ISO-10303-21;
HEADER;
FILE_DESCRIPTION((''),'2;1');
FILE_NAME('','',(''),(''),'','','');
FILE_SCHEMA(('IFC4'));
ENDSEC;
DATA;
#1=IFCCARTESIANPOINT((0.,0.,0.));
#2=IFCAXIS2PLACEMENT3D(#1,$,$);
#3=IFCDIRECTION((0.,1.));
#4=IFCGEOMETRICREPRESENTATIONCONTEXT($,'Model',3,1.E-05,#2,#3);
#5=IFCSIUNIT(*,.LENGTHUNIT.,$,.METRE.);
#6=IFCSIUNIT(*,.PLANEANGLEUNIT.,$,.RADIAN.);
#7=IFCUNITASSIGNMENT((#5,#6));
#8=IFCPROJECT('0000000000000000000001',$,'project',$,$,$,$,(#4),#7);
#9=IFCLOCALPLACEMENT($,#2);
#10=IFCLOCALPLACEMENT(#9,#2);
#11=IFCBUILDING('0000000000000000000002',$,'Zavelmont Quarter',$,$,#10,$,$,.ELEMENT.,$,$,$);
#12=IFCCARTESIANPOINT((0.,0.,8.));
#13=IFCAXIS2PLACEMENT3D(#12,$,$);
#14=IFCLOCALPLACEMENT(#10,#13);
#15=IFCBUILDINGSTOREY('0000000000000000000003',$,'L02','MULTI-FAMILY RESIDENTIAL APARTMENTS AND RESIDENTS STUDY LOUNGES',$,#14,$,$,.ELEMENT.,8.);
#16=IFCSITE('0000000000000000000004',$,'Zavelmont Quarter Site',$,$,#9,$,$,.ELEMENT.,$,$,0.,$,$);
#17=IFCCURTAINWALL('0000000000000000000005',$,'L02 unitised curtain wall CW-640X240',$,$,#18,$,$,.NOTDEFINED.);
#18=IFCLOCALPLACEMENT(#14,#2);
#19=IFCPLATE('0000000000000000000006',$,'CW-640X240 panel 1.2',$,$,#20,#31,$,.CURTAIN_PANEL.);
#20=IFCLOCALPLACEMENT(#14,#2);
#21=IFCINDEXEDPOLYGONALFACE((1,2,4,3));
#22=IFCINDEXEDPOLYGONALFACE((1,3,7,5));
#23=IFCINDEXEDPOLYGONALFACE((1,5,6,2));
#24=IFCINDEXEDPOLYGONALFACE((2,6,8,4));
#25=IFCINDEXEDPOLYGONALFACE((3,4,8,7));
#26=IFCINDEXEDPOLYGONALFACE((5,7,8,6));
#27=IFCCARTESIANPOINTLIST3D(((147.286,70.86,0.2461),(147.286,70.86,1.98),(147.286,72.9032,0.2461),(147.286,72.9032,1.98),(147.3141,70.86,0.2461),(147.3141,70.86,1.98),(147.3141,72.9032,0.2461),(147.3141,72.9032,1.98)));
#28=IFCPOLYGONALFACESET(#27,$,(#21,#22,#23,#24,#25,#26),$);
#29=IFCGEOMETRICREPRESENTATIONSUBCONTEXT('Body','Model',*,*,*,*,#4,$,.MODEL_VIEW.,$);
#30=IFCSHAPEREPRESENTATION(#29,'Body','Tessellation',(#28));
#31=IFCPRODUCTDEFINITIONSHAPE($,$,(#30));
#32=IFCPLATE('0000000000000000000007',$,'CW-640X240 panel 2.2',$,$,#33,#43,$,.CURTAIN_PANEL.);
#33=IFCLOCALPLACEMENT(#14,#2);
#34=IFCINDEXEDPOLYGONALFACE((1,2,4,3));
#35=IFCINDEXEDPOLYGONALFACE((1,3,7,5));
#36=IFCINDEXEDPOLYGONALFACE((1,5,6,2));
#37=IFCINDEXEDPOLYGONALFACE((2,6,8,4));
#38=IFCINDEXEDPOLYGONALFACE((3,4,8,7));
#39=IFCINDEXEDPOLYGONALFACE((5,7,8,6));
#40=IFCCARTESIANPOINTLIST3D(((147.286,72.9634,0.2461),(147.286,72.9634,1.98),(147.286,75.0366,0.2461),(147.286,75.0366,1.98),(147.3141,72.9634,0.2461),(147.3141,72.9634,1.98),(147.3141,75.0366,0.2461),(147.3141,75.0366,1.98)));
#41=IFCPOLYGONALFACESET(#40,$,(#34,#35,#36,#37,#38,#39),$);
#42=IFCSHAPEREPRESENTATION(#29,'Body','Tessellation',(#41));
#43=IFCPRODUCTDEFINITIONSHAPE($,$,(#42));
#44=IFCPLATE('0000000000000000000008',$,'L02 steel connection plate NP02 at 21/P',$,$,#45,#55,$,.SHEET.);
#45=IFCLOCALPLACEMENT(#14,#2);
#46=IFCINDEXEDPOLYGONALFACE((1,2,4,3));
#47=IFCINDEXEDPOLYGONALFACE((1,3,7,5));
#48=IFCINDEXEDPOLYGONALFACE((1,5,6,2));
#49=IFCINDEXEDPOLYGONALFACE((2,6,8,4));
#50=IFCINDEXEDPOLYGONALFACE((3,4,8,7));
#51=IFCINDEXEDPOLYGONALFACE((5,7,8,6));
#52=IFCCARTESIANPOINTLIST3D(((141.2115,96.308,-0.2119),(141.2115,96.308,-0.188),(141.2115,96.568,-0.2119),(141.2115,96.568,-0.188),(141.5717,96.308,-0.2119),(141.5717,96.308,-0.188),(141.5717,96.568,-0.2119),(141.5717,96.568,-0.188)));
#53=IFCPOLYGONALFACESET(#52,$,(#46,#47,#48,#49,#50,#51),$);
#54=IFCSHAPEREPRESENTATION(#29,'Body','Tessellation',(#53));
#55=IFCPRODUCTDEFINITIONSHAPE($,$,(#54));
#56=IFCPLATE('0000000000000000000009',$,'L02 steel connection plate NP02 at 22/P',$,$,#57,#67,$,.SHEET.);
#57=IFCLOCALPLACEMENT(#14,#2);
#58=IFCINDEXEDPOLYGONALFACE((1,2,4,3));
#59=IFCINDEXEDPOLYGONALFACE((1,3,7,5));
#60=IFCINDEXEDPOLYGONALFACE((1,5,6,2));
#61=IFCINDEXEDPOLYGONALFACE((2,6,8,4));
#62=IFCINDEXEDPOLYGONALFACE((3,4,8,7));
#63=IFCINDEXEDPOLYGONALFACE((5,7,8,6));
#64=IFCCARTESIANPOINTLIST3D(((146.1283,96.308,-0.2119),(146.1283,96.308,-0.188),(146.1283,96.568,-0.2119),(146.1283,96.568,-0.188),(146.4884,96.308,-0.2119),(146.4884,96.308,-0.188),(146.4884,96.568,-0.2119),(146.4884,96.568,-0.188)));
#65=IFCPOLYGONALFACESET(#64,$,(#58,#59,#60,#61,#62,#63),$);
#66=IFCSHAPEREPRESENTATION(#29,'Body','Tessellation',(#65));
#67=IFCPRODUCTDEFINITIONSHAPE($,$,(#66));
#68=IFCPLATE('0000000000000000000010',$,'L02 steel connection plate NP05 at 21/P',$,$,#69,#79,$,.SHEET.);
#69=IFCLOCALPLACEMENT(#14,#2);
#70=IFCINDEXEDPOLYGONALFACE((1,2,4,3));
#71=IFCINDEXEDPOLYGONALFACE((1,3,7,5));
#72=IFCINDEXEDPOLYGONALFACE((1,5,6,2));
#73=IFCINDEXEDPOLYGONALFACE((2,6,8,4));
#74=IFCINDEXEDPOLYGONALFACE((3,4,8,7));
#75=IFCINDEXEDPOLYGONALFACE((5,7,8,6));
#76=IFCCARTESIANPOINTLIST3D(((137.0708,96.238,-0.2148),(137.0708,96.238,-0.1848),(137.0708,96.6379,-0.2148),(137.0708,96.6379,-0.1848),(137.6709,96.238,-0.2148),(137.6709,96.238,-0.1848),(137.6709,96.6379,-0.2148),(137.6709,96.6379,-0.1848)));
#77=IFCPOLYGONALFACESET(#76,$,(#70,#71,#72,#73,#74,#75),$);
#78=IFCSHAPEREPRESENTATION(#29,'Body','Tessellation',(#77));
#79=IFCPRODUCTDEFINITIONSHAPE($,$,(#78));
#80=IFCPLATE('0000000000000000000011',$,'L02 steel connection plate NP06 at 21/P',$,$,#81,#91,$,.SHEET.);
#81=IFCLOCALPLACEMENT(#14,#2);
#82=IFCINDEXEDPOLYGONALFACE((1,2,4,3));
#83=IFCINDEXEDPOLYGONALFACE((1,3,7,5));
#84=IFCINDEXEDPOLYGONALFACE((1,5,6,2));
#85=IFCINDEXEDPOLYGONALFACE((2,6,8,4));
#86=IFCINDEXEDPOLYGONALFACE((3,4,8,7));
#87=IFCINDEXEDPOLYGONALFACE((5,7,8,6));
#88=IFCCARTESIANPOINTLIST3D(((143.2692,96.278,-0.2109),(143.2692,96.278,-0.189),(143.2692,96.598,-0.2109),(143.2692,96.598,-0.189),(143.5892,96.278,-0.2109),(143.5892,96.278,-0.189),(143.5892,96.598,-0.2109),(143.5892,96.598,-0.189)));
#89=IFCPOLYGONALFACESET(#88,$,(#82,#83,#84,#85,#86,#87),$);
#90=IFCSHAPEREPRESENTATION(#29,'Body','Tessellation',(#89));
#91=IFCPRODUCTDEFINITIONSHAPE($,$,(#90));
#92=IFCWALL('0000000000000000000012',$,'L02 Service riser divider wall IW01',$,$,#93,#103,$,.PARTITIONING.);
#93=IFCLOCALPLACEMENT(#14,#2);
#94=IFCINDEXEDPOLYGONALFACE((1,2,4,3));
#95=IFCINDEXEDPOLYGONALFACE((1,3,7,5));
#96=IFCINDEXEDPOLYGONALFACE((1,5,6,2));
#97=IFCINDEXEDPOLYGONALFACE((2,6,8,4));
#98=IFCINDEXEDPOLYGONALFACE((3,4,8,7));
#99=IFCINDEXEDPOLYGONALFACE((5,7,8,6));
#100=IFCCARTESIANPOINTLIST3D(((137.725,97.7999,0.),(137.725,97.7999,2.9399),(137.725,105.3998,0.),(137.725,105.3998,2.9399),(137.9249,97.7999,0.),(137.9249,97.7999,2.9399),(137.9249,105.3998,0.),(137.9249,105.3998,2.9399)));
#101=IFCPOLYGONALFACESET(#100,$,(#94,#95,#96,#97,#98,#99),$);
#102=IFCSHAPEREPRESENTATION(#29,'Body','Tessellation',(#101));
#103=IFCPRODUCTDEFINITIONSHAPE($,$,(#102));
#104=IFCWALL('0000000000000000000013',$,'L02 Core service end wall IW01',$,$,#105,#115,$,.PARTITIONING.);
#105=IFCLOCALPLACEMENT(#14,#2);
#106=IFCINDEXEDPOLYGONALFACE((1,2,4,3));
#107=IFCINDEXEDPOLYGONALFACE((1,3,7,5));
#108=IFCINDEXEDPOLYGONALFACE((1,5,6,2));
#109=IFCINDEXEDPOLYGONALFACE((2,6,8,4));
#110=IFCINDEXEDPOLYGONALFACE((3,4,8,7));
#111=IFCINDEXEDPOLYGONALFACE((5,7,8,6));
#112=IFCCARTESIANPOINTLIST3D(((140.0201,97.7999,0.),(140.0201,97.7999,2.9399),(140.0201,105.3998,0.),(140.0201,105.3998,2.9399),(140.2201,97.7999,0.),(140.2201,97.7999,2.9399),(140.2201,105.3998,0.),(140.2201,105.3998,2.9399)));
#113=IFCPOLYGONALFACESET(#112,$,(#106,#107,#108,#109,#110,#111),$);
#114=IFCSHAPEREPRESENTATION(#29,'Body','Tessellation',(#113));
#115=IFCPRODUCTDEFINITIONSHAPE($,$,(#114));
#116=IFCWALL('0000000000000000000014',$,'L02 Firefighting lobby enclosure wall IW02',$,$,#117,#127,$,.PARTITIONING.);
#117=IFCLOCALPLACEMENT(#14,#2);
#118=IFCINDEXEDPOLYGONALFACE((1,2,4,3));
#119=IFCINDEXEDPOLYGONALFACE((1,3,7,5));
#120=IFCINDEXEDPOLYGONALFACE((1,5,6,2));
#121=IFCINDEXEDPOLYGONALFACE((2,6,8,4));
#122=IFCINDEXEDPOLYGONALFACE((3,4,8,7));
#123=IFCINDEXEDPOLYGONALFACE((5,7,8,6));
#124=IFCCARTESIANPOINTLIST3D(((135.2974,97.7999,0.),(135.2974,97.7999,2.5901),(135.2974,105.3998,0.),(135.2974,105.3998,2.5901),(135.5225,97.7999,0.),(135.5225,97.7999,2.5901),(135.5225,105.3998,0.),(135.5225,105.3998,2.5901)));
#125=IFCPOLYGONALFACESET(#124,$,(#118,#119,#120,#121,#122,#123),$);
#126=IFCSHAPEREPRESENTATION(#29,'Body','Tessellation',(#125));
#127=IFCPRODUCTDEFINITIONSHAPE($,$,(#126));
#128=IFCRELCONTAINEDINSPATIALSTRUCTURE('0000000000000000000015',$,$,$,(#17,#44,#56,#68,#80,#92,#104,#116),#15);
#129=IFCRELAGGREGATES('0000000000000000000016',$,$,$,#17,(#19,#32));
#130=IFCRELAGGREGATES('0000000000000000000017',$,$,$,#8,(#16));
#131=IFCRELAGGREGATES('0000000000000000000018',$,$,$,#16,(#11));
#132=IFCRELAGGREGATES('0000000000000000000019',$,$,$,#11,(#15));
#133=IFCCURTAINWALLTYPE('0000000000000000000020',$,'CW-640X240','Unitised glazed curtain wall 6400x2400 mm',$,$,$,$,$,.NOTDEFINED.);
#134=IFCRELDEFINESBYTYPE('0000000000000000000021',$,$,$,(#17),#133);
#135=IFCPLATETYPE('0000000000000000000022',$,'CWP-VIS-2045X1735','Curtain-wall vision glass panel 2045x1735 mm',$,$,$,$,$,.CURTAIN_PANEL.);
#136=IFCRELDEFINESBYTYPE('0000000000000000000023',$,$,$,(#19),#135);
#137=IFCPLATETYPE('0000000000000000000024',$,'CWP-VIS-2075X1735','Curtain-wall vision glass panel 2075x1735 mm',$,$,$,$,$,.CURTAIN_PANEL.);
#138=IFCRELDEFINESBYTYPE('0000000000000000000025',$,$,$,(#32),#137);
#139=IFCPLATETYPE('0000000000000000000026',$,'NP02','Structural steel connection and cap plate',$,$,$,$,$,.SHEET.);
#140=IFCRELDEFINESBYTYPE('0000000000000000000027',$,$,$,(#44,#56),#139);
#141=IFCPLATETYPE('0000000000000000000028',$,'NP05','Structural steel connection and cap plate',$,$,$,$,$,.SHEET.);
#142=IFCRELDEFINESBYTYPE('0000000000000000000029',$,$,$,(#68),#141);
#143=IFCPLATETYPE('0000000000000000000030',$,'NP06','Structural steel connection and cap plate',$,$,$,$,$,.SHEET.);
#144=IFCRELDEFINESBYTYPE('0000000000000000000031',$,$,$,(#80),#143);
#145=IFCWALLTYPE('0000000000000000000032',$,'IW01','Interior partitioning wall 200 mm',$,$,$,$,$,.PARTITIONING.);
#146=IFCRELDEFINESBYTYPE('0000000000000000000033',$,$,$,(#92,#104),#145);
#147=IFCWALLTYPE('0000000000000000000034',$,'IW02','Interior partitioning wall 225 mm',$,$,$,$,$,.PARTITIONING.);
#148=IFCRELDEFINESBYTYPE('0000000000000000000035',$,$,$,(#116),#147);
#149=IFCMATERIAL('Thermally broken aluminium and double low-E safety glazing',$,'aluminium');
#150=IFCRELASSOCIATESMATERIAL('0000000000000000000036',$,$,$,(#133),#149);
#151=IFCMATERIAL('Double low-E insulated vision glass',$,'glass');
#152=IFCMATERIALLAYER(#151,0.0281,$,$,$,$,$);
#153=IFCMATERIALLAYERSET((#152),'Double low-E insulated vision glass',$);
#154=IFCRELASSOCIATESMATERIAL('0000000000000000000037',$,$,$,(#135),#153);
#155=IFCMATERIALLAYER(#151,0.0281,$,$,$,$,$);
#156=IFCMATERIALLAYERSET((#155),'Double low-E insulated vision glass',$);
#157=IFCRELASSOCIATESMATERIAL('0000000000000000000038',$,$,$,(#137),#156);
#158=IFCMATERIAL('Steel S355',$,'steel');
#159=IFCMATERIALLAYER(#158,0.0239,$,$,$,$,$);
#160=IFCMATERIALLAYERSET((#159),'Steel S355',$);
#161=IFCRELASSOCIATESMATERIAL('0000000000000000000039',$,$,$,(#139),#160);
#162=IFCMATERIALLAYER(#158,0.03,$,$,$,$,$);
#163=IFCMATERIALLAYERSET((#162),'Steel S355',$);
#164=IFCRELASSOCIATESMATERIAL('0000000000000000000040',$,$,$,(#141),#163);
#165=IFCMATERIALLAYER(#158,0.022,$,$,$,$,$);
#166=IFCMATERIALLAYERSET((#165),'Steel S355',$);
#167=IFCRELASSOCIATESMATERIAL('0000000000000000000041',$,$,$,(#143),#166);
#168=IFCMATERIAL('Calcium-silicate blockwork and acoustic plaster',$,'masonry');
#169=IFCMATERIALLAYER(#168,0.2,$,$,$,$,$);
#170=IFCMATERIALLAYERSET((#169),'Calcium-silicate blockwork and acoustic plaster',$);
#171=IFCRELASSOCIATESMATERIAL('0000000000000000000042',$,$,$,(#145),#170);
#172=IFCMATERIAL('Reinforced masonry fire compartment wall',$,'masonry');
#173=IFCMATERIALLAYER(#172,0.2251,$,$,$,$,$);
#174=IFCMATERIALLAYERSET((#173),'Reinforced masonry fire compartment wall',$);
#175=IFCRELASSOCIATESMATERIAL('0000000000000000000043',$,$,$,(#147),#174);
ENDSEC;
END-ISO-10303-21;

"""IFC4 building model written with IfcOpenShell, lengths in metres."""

from ifc_helpers import new_model, si_unit, direction, frame, frame_2d, origin, origin_2d, place, context, subcontext, project, spatial, rectangle, extrude, material, layer, layer_set, type_object, element, aggregate, save


model = new_model("IFC4")

# Units and contexts
model_context = context("Model", 3, precision=1e-05, world=origin(), true_north=direction((0.0, 1.0)))
body_context = subcontext(model_context, "Body", "Model", "MODEL_VIEW")
ifc_project = project(units=[si_unit("LENGTHUNIT", "METRE"), si_unit("PLANEANGLEUNIT", "RADIAN")], contexts=[model_context])

# Site, building, storey
site_placement = place(None, origin())
site = spatial("IfcSite", under=ifc_project, at=site_placement, Name="Zavelmont Quarter Site", CompositionType="ELEMENT", RefElevation=0.0)
building_placement = place(site_placement, origin())
building = spatial("IfcBuilding", under=site, at=building_placement, Name="Zavelmont Quarter", CompositionType="ELEMENT")
storey_placement = place(building_placement, frame((0.0, 0.0, 8.0)))
storey = spatial("IfcBuildingStorey", under=building, at=storey_placement, Name="L02", Description="MULTI-FAMILY RESIDENTIAL APARTMENTS AND RESIDENTS STUDY LOUNGES", CompositionType="ELEMENT", Elevation=8.0)

# Shared definitions
ifc_material_1 = material(Name="Steel S355", Category="steel")

# Curtain wall
ifc_material_2 = material(Name="Thermally broken aluminium and double low-E safety glazing", Category="aluminium")
curtain_wall_type = type_object("IfcCurtainWallType", Name="CW-640X240", Description="Unitised glazed curtain wall 6400x2400 mm", PredefinedType="NOTDEFINED", material=ifc_material_2)
curtain_wall_placement = place(storey_placement, origin())
curtain_wall = element("IfcCurtainWall", 1, at=curtain_wall_placement, inside=storey, type_object=curtain_wall_type, Name="L02 unitised curtain wall CW-640X240", PredefinedType="NOTDEFINED")

# Plates
ifc_material_3 = material(Name="Double low-E insulated vision glass", Category="glass")
ifc_layer_1 = layer(ifc_material_3, 0.0281)
ifc_layer_set_1 = layer_set([ifc_layer_1], Name="Double low-E insulated vision glass")
plate_type_1 = type_object("IfcPlateType", Name="CWP-VIS-2045X1735", Description="Curtain-wall vision glass panel 2045x1735 mm", PredefinedType="CURTAIN_PANEL", material=ifc_layer_set_1)
plate_1_placement = place(storey_placement, frame((147.3, 71.8816, 0.2461), z_axis=(0.0, 0.0, 1.0), x_axis=(0.0, 1.0, 0.0)))
plate_1 = element("IfcPlate", 2, at=plate_1_placement, type_object=plate_type_1, Name="CW-640X240 panel 1.2", PredefinedType="CURTAIN_PANEL", context=body_context, shape_type="SweptSolid", body=[
    extrude(rectangle(XDim=2.0432, YDim=0.0281, at=origin_2d()), origin(), (0.0, 0.0, 1.0), 1.7339),
])
ifc_layer_2 = layer(ifc_material_3, 0.0281)
ifc_layer_set_2 = layer_set([ifc_layer_2], Name="Double low-E insulated vision glass")
plate_type_2 = type_object("IfcPlateType", Name="CWP-VIS-2075X1735", Description="Curtain-wall vision glass panel 2075x1735 mm", PredefinedType="CURTAIN_PANEL", material=ifc_layer_set_2)
plate_2_placement = place(storey_placement, frame((147.3, 74.0, 0.2461), z_axis=(0.0, 0.0, 1.0), x_axis=(0.0, 1.0, 0.0)))
plate_2 = element("IfcPlate", 3, at=plate_2_placement, type_object=plate_type_2, Name="CW-640X240 panel 2.2", PredefinedType="CURTAIN_PANEL", context=body_context, shape_type="SweptSolid", body=[
    extrude(rectangle(XDim=2.0732, YDim=0.0281, at=origin_2d()), origin(), (0.0, 0.0, 1.0), 1.7339),
])
aggregate(curtain_wall, [plate_1, plate_2])

# Plates
ifc_layer_3 = layer(ifc_material_1, 0.0239)
ifc_layer_set_3 = layer_set([ifc_layer_3], Name="Steel S355")
plate_type_3 = type_object("IfcPlateType", Name="NP02", Description="Structural steel connection and cap plate", PredefinedType="SHEET", material=ifc_layer_set_3)
for number, where, z_axis, x_axis, name in (
    (4, (141.3916, 96.438, -0.2119), (0.0, 0.0, 1.0), (1.0, 0.0, 0.0), "L02 steel connection plate NP02 at 21/P"),
    (5, (146.3083, 96.438, -0.2119), (0.0, 0.0, 1.0), (1.0, 0.0, 0.0), "L02 steel connection plate NP02 at 22/P"),
):
    element("IfcPlate", number, at=place(storey_placement, frame(where, z_axis=z_axis, x_axis=x_axis)), inside=storey, type_object=plate_type_3, Name=name, PredefinedType="SHEET", context=body_context, shape_type="SweptSolid", body=[
        extrude(rectangle(XDim=0.3601, YDim=0.26, at=origin_2d()), origin(), (0.0, 0.0, 1.0), 0.0239),
    ])
ifc_layer_4 = layer(ifc_material_1, 0.03)
ifc_layer_set_4 = layer_set([ifc_layer_4], Name="Steel S355")
plate_type_4 = type_object("IfcPlateType", Name="NP05", Description="Structural steel connection and cap plate", PredefinedType="SHEET", material=ifc_layer_set_4)
plate_3_placement = place(storey_placement, frame((137.3708, 96.438, -0.2148), z_axis=(0.0, 0.0, 1.0), x_axis=(1.0, 0.0, 0.0)))
element("IfcPlate", 6, at=plate_3_placement, inside=storey, type_object=plate_type_4, Name="L02 steel connection plate NP05 at 21/P", PredefinedType="SHEET", context=body_context, shape_type="SweptSolid", body=[
    extrude(rectangle(XDim=0.6001, YDim=0.3999, at=origin_2d()), origin(), (0.0, 0.0, 1.0), 0.03),
])
ifc_layer_5 = layer(ifc_material_1, 0.022)
ifc_layer_set_5 = layer_set([ifc_layer_5], Name="Steel S355")
plate_type_5 = type_object("IfcPlateType", Name="NP06", Description="Structural steel connection and cap plate", PredefinedType="SHEET", material=ifc_layer_set_5)
plate_4_placement = place(storey_placement, frame((143.4292, 96.438, -0.2109), z_axis=(0.0, 0.0, 1.0), x_axis=(1.0, 0.0, 0.0)))
element("IfcPlate", 7, at=plate_4_placement, inside=storey, type_object=plate_type_5, Name="L02 steel connection plate NP06 at 21/P", PredefinedType="SHEET", context=body_context, shape_type="SweptSolid", body=[
    extrude(rectangle(XDim=0.3201, YDim=0.3201, at=origin_2d()), origin(), (0.0, 0.0, 1.0), 0.022),
])

# Walls
ifc_material_4 = material(Name="Calcium-silicate blockwork and acoustic plaster", Category="masonry")
ifc_layer_6 = layer(ifc_material_4, 0.2)
ifc_layer_set_6 = layer_set([ifc_layer_6], Name="Calcium-silicate blockwork and acoustic plaster")
wall_type_1 = type_object("IfcWallType", Name="IW01", Description="Interior partitioning wall 200 mm", PredefinedType="PARTITIONING", material=ifc_layer_set_6)
for number, where, z_axis, x_axis, name in (
    (8, (137.825, 97.8, 0.0), (0.0, 0.0, 1.0), (0.0, 1.0, 0.0), "L02 Service riser divider wall IW01"),
    (9, (140.1201, 97.8, 0.0), (0.0, 0.0, 1.0), (0.0, 1.0, 0.0), "L02 Core service end wall IW01"),
):
    element("IfcWall", number, at=place(storey_placement, frame(where, z_axis=z_axis, x_axis=x_axis)), inside=storey, type_object=wall_type_1, Name=name, PredefinedType="PARTITIONING", context=body_context, shape_type="SweptSolid", body=[
        extrude(rectangle(XDim=7.5999, YDim=0.2, at=frame_2d((3.7998, 0.0))), origin(), (0.0, 0.0, 1.0), 2.9399),
    ])
ifc_material_5 = material(Name="Reinforced masonry fire compartment wall", Category="masonry")
ifc_layer_7 = layer(ifc_material_5, 0.2251)
ifc_layer_set_7 = layer_set([ifc_layer_7], Name="Reinforced masonry fire compartment wall")
wall_type_2 = type_object("IfcWallType", Name="IW02", Description="Interior partitioning wall 225 mm", PredefinedType="PARTITIONING", material=ifc_layer_set_7)
wall_placement = place(storey_placement, frame((135.4099, 97.8, 0.0), z_axis=(0.0, 0.0, 1.0), x_axis=(0.0, 1.0, 0.0)))
element("IfcWall", 10, at=wall_placement, inside=storey, type_object=wall_type_2, Name="L02 Firefighting lobby enclosure wall IW02", PredefinedType="PARTITIONING", context=body_context, shape_type="SweptSolid", body=[
    extrude(rectangle(XDim=7.5999, YDim=0.2251, at=frame_2d((3.7998, 0.0))), origin(), (0.0, 0.0, 1.0), 2.5901),
])

save(model, "model.ifc")
